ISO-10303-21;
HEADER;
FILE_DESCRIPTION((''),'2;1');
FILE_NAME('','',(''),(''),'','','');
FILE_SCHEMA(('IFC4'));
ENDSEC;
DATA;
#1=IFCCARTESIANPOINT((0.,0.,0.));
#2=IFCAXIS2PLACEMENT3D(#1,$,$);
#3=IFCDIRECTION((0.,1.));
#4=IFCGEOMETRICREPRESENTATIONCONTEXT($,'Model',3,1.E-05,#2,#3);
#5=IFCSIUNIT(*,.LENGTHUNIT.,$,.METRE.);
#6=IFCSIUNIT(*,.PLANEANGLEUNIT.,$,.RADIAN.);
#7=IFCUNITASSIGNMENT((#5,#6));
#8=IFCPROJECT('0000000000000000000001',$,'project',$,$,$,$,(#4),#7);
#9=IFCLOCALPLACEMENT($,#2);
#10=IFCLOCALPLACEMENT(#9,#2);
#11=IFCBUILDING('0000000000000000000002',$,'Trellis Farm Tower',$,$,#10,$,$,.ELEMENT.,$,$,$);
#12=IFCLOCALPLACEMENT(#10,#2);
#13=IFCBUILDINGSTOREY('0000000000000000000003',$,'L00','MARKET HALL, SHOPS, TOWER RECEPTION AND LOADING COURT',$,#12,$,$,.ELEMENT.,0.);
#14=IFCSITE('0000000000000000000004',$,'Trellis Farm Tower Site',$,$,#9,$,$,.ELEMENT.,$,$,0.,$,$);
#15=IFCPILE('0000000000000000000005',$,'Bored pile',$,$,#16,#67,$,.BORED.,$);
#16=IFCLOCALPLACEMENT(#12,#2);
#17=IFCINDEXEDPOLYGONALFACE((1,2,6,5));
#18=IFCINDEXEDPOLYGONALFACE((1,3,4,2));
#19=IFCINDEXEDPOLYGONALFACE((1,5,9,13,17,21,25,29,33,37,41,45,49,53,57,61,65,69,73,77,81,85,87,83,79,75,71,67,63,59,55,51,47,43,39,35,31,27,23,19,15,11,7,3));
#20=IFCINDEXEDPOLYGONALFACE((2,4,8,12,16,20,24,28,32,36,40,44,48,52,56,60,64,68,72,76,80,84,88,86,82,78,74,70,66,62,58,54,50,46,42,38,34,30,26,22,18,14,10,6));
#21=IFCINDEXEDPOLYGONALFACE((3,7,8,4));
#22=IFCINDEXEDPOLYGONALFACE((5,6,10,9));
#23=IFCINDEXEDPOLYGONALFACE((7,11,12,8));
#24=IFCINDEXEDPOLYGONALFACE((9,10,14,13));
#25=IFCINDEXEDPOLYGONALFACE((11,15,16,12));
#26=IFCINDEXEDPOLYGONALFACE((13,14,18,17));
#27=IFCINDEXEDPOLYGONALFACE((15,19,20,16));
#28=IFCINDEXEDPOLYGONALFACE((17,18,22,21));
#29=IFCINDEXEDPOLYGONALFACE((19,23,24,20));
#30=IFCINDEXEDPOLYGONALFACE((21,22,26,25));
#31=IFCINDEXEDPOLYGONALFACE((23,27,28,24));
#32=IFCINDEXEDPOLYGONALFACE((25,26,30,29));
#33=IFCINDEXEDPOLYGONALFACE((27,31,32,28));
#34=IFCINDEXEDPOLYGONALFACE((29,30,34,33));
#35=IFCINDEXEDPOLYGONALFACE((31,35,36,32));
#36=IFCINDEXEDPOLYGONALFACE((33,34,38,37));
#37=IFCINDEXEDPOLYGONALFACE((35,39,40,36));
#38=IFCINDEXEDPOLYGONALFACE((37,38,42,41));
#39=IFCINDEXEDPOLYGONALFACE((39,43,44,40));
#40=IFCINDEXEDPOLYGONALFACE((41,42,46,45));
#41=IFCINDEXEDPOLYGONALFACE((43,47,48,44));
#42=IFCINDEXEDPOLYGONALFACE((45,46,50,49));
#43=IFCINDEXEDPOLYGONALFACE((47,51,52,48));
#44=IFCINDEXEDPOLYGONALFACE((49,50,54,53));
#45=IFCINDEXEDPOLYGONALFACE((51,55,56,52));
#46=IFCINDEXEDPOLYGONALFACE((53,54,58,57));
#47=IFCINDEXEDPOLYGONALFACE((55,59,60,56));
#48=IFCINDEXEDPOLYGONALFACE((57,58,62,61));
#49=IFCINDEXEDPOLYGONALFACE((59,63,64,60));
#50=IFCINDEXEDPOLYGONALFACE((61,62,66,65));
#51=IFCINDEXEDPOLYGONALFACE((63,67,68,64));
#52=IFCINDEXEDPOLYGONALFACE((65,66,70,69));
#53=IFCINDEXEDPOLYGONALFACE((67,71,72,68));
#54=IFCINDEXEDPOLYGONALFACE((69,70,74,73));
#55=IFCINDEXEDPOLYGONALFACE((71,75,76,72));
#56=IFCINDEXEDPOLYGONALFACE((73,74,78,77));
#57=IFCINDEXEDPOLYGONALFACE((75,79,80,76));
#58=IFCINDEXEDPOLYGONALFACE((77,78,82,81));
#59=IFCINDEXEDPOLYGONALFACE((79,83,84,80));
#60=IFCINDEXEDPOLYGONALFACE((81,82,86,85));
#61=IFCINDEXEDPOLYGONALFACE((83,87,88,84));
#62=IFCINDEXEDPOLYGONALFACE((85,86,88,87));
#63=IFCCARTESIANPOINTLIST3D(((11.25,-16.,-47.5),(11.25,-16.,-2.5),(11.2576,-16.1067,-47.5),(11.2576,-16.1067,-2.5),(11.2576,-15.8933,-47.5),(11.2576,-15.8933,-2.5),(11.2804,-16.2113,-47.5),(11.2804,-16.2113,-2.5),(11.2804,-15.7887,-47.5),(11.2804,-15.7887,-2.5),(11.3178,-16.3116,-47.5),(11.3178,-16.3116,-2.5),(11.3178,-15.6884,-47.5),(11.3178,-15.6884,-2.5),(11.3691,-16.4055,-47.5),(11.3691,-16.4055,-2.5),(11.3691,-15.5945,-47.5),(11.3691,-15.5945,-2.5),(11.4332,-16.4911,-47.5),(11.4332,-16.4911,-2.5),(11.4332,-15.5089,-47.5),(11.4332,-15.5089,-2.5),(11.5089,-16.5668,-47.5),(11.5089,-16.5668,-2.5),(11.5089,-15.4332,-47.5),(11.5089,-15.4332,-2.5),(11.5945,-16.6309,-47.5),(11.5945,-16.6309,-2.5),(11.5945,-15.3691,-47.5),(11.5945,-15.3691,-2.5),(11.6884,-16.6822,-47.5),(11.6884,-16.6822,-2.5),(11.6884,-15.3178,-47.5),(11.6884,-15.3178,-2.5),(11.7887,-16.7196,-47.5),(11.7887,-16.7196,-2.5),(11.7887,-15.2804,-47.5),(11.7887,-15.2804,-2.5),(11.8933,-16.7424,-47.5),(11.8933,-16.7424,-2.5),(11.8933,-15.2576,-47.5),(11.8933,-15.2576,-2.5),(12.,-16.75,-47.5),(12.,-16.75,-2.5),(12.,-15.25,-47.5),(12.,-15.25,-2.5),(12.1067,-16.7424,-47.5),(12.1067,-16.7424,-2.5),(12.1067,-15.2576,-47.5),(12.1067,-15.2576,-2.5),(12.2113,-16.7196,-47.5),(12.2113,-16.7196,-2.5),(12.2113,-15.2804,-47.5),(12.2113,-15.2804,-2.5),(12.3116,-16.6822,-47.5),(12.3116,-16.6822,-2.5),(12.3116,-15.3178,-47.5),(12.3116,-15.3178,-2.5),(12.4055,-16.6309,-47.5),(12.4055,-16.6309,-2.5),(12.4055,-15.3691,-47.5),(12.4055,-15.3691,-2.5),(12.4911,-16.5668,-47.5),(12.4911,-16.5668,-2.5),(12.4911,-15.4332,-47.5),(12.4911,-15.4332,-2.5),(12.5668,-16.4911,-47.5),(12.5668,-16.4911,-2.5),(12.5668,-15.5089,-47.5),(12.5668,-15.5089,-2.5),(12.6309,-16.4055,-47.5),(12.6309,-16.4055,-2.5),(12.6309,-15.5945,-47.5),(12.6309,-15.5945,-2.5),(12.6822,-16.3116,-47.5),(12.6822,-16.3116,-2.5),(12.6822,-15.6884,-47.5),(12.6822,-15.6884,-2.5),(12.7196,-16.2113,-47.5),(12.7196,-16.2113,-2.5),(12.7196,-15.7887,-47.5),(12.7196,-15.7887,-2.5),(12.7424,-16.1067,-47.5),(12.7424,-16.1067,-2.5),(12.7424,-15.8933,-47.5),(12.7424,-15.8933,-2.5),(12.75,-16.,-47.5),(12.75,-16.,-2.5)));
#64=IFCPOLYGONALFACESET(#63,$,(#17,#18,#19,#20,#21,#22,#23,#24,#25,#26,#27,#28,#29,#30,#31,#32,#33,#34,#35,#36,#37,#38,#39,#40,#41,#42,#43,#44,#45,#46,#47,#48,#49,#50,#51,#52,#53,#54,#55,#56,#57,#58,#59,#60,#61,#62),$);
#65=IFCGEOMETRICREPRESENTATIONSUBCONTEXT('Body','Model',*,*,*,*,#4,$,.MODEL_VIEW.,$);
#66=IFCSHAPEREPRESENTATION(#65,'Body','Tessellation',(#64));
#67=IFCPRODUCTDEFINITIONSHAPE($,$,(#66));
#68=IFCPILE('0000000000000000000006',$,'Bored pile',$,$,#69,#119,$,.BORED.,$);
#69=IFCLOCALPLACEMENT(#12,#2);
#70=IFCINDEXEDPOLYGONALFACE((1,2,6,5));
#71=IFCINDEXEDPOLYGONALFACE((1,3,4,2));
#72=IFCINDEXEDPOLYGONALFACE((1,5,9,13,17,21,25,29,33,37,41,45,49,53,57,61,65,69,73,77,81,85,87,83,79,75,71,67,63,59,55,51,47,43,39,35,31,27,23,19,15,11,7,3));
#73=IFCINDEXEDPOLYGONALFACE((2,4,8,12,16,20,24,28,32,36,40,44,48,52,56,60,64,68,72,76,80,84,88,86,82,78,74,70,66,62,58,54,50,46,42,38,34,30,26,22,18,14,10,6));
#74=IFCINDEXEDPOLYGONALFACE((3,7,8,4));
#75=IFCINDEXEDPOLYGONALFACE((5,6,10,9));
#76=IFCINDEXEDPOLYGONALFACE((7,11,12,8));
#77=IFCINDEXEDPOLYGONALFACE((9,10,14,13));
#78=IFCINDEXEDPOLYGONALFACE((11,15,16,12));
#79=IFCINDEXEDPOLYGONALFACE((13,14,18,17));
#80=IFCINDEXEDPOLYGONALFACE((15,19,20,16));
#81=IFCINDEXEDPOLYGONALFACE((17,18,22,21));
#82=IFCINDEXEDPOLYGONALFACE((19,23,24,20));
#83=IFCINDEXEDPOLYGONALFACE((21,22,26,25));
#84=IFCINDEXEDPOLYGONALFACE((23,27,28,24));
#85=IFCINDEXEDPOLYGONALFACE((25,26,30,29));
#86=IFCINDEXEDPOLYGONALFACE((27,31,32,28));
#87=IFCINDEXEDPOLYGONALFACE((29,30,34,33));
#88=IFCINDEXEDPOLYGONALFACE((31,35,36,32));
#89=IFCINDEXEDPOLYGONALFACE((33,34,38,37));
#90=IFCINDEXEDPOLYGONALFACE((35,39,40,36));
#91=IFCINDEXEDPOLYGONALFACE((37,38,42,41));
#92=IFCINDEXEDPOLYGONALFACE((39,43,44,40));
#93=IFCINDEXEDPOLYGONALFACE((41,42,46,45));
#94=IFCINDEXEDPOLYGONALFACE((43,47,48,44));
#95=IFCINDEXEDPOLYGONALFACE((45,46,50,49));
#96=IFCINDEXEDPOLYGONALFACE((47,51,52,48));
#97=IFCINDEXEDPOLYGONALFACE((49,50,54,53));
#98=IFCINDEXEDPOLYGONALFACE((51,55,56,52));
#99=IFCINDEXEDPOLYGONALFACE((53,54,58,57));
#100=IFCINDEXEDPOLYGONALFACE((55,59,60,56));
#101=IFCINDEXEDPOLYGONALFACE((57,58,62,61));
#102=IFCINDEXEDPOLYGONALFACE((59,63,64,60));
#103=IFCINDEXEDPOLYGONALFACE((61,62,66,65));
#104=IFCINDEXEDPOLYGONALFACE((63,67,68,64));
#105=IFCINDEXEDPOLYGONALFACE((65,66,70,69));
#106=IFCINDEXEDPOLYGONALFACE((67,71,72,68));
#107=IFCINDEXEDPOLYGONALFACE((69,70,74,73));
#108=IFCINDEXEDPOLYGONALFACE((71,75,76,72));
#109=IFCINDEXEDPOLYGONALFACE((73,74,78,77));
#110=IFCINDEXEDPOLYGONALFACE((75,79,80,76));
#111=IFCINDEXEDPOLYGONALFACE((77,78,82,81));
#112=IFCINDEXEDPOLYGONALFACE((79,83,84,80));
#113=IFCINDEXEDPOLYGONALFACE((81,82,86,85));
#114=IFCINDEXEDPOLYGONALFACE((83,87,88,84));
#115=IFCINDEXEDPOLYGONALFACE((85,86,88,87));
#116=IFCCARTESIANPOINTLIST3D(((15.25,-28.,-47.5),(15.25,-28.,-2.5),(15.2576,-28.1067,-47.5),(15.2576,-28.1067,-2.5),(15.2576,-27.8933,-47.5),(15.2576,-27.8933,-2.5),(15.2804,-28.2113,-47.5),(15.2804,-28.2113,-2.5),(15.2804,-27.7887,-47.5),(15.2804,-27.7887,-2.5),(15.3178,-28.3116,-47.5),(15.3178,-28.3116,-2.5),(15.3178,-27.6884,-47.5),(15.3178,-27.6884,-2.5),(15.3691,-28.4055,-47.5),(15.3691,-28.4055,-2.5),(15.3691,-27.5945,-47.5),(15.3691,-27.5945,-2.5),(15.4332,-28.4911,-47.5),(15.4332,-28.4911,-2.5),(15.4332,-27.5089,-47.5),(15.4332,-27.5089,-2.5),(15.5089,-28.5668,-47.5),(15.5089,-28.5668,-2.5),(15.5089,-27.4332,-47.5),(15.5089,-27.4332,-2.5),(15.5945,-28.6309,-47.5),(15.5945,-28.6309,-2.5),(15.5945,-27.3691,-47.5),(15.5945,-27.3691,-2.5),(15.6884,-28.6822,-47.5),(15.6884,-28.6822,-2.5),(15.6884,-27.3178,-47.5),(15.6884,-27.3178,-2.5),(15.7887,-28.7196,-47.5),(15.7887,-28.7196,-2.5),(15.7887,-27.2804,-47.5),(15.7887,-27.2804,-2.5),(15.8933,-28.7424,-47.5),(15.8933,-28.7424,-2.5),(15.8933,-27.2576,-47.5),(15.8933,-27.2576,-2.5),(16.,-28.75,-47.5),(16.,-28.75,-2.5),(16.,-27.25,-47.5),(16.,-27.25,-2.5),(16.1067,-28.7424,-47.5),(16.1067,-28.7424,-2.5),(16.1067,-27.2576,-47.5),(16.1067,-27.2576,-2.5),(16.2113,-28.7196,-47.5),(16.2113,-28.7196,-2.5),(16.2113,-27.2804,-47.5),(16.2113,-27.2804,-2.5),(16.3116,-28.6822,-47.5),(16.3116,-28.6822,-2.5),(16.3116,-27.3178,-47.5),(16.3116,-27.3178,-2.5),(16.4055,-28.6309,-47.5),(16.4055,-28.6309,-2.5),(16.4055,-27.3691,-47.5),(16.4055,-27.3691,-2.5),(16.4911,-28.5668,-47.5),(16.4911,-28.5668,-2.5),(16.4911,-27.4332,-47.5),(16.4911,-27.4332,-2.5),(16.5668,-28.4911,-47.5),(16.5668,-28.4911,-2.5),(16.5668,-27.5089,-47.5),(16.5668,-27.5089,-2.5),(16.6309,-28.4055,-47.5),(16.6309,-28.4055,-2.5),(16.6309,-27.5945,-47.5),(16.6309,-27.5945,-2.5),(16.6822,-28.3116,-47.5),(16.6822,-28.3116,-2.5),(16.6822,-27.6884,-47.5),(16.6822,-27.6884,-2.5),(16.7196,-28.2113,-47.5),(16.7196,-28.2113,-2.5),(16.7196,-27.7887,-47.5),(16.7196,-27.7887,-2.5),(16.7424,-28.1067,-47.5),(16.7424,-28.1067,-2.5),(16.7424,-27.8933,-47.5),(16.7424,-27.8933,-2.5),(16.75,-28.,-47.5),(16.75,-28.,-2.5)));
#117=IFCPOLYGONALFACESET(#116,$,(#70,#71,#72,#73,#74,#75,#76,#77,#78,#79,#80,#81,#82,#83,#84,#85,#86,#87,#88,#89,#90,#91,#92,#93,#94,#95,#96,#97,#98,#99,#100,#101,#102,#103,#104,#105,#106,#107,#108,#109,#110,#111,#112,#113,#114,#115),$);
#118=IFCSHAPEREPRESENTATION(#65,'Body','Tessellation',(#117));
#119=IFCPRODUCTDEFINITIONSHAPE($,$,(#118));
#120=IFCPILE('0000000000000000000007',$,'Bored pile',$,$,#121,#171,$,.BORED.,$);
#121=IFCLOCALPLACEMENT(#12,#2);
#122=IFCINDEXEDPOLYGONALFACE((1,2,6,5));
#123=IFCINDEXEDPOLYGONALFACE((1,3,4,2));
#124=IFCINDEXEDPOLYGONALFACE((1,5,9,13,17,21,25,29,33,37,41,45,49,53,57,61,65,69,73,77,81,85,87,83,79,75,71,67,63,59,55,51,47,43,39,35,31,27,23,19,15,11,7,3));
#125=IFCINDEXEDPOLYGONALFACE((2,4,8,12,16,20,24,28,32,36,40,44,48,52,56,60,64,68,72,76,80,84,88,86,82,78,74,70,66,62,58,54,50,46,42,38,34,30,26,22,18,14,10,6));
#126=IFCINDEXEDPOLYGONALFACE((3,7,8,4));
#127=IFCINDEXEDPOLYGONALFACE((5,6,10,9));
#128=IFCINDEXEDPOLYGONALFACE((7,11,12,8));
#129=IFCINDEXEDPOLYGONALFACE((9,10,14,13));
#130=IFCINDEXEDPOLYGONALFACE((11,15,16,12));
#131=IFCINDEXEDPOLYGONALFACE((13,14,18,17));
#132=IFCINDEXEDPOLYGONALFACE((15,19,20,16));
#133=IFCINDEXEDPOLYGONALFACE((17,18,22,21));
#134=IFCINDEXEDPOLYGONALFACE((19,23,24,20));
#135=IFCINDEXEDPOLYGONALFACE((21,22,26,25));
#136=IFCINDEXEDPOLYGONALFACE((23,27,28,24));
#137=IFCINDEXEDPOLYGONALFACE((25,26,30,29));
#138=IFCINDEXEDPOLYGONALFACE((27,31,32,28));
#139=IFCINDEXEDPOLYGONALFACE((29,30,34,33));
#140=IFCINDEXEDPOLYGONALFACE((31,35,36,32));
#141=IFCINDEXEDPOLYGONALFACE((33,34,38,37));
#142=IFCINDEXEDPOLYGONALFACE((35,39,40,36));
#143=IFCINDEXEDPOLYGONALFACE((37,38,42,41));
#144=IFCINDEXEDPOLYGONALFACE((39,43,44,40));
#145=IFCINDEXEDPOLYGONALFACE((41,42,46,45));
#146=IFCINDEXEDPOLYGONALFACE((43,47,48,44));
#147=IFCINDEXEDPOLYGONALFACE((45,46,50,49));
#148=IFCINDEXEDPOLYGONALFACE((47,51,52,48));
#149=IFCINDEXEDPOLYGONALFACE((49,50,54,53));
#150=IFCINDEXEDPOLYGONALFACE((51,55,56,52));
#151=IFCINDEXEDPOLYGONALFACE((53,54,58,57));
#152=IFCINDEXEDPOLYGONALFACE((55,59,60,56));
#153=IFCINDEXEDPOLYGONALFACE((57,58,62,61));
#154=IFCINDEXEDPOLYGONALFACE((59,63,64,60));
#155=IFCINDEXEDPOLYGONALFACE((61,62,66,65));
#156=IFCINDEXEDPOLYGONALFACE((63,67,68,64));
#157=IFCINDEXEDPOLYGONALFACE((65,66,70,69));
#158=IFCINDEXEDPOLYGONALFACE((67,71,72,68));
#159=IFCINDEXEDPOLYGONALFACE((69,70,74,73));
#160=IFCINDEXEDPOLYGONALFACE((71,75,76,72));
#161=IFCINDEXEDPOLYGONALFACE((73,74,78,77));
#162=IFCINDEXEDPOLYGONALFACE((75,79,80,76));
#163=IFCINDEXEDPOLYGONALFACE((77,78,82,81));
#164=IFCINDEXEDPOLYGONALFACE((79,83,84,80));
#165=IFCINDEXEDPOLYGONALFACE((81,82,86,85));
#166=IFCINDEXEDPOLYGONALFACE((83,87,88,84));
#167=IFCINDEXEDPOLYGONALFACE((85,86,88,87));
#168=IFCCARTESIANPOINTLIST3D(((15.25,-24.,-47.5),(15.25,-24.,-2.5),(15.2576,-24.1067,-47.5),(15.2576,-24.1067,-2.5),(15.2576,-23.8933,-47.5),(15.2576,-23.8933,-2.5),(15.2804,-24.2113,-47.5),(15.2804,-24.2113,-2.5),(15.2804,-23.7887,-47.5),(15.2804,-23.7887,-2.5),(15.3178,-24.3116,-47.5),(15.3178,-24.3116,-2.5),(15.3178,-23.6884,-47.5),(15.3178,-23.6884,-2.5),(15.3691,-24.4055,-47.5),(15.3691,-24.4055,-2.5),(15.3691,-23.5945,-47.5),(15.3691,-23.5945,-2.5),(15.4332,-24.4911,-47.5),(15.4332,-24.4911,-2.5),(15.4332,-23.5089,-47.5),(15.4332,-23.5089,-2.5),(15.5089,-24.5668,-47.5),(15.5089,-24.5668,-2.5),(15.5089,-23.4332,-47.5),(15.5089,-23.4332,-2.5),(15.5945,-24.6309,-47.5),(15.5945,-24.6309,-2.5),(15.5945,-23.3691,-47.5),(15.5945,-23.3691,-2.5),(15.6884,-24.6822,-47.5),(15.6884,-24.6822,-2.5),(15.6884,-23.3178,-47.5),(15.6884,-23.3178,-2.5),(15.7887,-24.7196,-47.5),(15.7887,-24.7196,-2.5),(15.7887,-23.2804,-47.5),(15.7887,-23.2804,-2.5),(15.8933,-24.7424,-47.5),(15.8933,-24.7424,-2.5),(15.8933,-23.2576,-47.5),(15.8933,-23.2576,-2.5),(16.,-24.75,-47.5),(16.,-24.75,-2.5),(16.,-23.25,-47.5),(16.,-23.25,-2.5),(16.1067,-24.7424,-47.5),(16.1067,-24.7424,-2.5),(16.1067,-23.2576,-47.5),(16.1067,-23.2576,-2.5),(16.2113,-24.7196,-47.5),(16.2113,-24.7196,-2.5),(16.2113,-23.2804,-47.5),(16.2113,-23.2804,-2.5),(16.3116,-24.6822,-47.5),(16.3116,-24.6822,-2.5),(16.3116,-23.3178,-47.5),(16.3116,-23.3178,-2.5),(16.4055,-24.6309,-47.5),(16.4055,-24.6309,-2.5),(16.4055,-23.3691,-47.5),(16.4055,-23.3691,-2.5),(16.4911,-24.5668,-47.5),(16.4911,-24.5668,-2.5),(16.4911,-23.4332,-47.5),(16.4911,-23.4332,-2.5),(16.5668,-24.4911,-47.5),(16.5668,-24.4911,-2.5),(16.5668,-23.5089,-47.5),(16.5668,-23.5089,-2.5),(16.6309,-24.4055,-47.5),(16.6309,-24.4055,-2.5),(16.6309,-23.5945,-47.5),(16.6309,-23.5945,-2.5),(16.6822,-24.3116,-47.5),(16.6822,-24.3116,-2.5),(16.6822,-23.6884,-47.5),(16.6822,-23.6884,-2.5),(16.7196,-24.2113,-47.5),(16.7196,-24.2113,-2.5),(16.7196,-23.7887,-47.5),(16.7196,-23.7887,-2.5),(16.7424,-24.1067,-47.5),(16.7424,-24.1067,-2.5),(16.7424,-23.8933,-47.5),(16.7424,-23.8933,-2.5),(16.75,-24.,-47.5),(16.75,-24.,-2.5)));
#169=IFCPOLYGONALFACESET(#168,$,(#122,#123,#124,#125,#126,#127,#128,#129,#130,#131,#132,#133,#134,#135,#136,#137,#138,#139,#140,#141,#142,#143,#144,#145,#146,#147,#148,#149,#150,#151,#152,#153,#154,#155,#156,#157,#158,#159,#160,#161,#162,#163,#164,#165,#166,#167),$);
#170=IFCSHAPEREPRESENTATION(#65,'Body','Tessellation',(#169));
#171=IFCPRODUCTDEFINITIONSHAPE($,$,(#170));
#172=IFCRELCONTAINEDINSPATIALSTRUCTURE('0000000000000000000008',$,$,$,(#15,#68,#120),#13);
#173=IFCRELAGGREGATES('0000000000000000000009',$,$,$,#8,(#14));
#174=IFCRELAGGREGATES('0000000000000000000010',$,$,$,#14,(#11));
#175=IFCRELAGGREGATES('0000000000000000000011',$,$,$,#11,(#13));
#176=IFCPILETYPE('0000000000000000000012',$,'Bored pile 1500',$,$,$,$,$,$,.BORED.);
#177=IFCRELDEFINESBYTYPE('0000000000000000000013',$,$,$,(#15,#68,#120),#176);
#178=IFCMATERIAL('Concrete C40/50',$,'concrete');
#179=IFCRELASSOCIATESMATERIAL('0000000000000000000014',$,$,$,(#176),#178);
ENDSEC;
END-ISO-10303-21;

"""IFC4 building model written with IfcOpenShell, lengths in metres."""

from ifc_helpers import new_model, si_unit, direction, frame, origin, origin_2d, place, context, subcontext, project, spatial, circle, extrude, source, transform, mapped, material, material_profile, profile_set, type_object, element, save


model = new_model("IFC4")

# Units and contexts
model_context = context("Model", 3, precision=1e-05, world=origin(), true_north=direction((0.0, 1.0)))
body_context = subcontext(model_context, "Body", "Model", "MODEL_VIEW")
ifc_project = project(units=[si_unit("LENGTHUNIT", "METRE"), si_unit("PLANEANGLEUNIT", "RADIAN")], contexts=[model_context])

# Site, building, storey
site_placement = place(None, origin())
site = spatial("IfcSite", under=ifc_project, at=site_placement, Name="Trellis Farm Tower Site", CompositionType="ELEMENT", RefElevation=0.0)
building_placement = place(site_placement, origin())
building = spatial("IfcBuilding", under=site, at=building_placement, Name="Trellis Farm Tower", CompositionType="ELEMENT")
storey_placement = place(building_placement, origin())
storey = spatial("IfcBuildingStorey", under=building, at=storey_placement, Name="L00", Description="MARKET HALL, SHOPS, TOWER RECEPTION AND LOADING COURT", CompositionType="ELEMENT", Elevation=0.0)

# Piles
ifc_material_1 = material(Name="Concrete C40/50", Category="concrete")
ifc_material_profile = material_profile(ifc_material_1, circle(Radius=0.75, at=origin_2d()), Name="Bored pile 1500")
ifc_profile_set = profile_set([ifc_material_profile], Name="Concrete C40/50")
pile_type = type_object("IfcPileType", Name="Bored pile 1500", PredefinedType="BORED", material=ifc_profile_set)
shared_shape_1 = source(origin(), body_context, "Body", "SweptSolid", [
    extrude(circle(Radius=0.75, at=origin_2d()), origin(), (0.0, 0.0, 1.0), 45.0),
])
for number, where, z_axis, x_axis, name in (
    (1, (12.0, -16.0, -2.5), (0.0, 0.0, -1.0), (1.0, 0.0, 0.0), "Bored pile"),
    (2, (16.0, -28.0, -2.5), (0.0, 0.0, -1.0), (1.0, 0.0, 0.0), "Bored pile"),
    (3, (16.0, -24.0, -2.5), (0.0, 0.0, -1.0), (1.0, 0.0, 0.0), "Bored pile"),
):
    element("IfcPile", number, at=place(storey_placement, frame(where, z_axis=z_axis, x_axis=x_axis)), inside=storey, type_object=pile_type, Name=name, PredefinedType="BORED", context=body_context, shape_type="MappedRepresentation", body=[
        mapped(shared_shape_1, transform((0.0, 0.0, 0.0))),
    ])

save(model, "model.ifc")
